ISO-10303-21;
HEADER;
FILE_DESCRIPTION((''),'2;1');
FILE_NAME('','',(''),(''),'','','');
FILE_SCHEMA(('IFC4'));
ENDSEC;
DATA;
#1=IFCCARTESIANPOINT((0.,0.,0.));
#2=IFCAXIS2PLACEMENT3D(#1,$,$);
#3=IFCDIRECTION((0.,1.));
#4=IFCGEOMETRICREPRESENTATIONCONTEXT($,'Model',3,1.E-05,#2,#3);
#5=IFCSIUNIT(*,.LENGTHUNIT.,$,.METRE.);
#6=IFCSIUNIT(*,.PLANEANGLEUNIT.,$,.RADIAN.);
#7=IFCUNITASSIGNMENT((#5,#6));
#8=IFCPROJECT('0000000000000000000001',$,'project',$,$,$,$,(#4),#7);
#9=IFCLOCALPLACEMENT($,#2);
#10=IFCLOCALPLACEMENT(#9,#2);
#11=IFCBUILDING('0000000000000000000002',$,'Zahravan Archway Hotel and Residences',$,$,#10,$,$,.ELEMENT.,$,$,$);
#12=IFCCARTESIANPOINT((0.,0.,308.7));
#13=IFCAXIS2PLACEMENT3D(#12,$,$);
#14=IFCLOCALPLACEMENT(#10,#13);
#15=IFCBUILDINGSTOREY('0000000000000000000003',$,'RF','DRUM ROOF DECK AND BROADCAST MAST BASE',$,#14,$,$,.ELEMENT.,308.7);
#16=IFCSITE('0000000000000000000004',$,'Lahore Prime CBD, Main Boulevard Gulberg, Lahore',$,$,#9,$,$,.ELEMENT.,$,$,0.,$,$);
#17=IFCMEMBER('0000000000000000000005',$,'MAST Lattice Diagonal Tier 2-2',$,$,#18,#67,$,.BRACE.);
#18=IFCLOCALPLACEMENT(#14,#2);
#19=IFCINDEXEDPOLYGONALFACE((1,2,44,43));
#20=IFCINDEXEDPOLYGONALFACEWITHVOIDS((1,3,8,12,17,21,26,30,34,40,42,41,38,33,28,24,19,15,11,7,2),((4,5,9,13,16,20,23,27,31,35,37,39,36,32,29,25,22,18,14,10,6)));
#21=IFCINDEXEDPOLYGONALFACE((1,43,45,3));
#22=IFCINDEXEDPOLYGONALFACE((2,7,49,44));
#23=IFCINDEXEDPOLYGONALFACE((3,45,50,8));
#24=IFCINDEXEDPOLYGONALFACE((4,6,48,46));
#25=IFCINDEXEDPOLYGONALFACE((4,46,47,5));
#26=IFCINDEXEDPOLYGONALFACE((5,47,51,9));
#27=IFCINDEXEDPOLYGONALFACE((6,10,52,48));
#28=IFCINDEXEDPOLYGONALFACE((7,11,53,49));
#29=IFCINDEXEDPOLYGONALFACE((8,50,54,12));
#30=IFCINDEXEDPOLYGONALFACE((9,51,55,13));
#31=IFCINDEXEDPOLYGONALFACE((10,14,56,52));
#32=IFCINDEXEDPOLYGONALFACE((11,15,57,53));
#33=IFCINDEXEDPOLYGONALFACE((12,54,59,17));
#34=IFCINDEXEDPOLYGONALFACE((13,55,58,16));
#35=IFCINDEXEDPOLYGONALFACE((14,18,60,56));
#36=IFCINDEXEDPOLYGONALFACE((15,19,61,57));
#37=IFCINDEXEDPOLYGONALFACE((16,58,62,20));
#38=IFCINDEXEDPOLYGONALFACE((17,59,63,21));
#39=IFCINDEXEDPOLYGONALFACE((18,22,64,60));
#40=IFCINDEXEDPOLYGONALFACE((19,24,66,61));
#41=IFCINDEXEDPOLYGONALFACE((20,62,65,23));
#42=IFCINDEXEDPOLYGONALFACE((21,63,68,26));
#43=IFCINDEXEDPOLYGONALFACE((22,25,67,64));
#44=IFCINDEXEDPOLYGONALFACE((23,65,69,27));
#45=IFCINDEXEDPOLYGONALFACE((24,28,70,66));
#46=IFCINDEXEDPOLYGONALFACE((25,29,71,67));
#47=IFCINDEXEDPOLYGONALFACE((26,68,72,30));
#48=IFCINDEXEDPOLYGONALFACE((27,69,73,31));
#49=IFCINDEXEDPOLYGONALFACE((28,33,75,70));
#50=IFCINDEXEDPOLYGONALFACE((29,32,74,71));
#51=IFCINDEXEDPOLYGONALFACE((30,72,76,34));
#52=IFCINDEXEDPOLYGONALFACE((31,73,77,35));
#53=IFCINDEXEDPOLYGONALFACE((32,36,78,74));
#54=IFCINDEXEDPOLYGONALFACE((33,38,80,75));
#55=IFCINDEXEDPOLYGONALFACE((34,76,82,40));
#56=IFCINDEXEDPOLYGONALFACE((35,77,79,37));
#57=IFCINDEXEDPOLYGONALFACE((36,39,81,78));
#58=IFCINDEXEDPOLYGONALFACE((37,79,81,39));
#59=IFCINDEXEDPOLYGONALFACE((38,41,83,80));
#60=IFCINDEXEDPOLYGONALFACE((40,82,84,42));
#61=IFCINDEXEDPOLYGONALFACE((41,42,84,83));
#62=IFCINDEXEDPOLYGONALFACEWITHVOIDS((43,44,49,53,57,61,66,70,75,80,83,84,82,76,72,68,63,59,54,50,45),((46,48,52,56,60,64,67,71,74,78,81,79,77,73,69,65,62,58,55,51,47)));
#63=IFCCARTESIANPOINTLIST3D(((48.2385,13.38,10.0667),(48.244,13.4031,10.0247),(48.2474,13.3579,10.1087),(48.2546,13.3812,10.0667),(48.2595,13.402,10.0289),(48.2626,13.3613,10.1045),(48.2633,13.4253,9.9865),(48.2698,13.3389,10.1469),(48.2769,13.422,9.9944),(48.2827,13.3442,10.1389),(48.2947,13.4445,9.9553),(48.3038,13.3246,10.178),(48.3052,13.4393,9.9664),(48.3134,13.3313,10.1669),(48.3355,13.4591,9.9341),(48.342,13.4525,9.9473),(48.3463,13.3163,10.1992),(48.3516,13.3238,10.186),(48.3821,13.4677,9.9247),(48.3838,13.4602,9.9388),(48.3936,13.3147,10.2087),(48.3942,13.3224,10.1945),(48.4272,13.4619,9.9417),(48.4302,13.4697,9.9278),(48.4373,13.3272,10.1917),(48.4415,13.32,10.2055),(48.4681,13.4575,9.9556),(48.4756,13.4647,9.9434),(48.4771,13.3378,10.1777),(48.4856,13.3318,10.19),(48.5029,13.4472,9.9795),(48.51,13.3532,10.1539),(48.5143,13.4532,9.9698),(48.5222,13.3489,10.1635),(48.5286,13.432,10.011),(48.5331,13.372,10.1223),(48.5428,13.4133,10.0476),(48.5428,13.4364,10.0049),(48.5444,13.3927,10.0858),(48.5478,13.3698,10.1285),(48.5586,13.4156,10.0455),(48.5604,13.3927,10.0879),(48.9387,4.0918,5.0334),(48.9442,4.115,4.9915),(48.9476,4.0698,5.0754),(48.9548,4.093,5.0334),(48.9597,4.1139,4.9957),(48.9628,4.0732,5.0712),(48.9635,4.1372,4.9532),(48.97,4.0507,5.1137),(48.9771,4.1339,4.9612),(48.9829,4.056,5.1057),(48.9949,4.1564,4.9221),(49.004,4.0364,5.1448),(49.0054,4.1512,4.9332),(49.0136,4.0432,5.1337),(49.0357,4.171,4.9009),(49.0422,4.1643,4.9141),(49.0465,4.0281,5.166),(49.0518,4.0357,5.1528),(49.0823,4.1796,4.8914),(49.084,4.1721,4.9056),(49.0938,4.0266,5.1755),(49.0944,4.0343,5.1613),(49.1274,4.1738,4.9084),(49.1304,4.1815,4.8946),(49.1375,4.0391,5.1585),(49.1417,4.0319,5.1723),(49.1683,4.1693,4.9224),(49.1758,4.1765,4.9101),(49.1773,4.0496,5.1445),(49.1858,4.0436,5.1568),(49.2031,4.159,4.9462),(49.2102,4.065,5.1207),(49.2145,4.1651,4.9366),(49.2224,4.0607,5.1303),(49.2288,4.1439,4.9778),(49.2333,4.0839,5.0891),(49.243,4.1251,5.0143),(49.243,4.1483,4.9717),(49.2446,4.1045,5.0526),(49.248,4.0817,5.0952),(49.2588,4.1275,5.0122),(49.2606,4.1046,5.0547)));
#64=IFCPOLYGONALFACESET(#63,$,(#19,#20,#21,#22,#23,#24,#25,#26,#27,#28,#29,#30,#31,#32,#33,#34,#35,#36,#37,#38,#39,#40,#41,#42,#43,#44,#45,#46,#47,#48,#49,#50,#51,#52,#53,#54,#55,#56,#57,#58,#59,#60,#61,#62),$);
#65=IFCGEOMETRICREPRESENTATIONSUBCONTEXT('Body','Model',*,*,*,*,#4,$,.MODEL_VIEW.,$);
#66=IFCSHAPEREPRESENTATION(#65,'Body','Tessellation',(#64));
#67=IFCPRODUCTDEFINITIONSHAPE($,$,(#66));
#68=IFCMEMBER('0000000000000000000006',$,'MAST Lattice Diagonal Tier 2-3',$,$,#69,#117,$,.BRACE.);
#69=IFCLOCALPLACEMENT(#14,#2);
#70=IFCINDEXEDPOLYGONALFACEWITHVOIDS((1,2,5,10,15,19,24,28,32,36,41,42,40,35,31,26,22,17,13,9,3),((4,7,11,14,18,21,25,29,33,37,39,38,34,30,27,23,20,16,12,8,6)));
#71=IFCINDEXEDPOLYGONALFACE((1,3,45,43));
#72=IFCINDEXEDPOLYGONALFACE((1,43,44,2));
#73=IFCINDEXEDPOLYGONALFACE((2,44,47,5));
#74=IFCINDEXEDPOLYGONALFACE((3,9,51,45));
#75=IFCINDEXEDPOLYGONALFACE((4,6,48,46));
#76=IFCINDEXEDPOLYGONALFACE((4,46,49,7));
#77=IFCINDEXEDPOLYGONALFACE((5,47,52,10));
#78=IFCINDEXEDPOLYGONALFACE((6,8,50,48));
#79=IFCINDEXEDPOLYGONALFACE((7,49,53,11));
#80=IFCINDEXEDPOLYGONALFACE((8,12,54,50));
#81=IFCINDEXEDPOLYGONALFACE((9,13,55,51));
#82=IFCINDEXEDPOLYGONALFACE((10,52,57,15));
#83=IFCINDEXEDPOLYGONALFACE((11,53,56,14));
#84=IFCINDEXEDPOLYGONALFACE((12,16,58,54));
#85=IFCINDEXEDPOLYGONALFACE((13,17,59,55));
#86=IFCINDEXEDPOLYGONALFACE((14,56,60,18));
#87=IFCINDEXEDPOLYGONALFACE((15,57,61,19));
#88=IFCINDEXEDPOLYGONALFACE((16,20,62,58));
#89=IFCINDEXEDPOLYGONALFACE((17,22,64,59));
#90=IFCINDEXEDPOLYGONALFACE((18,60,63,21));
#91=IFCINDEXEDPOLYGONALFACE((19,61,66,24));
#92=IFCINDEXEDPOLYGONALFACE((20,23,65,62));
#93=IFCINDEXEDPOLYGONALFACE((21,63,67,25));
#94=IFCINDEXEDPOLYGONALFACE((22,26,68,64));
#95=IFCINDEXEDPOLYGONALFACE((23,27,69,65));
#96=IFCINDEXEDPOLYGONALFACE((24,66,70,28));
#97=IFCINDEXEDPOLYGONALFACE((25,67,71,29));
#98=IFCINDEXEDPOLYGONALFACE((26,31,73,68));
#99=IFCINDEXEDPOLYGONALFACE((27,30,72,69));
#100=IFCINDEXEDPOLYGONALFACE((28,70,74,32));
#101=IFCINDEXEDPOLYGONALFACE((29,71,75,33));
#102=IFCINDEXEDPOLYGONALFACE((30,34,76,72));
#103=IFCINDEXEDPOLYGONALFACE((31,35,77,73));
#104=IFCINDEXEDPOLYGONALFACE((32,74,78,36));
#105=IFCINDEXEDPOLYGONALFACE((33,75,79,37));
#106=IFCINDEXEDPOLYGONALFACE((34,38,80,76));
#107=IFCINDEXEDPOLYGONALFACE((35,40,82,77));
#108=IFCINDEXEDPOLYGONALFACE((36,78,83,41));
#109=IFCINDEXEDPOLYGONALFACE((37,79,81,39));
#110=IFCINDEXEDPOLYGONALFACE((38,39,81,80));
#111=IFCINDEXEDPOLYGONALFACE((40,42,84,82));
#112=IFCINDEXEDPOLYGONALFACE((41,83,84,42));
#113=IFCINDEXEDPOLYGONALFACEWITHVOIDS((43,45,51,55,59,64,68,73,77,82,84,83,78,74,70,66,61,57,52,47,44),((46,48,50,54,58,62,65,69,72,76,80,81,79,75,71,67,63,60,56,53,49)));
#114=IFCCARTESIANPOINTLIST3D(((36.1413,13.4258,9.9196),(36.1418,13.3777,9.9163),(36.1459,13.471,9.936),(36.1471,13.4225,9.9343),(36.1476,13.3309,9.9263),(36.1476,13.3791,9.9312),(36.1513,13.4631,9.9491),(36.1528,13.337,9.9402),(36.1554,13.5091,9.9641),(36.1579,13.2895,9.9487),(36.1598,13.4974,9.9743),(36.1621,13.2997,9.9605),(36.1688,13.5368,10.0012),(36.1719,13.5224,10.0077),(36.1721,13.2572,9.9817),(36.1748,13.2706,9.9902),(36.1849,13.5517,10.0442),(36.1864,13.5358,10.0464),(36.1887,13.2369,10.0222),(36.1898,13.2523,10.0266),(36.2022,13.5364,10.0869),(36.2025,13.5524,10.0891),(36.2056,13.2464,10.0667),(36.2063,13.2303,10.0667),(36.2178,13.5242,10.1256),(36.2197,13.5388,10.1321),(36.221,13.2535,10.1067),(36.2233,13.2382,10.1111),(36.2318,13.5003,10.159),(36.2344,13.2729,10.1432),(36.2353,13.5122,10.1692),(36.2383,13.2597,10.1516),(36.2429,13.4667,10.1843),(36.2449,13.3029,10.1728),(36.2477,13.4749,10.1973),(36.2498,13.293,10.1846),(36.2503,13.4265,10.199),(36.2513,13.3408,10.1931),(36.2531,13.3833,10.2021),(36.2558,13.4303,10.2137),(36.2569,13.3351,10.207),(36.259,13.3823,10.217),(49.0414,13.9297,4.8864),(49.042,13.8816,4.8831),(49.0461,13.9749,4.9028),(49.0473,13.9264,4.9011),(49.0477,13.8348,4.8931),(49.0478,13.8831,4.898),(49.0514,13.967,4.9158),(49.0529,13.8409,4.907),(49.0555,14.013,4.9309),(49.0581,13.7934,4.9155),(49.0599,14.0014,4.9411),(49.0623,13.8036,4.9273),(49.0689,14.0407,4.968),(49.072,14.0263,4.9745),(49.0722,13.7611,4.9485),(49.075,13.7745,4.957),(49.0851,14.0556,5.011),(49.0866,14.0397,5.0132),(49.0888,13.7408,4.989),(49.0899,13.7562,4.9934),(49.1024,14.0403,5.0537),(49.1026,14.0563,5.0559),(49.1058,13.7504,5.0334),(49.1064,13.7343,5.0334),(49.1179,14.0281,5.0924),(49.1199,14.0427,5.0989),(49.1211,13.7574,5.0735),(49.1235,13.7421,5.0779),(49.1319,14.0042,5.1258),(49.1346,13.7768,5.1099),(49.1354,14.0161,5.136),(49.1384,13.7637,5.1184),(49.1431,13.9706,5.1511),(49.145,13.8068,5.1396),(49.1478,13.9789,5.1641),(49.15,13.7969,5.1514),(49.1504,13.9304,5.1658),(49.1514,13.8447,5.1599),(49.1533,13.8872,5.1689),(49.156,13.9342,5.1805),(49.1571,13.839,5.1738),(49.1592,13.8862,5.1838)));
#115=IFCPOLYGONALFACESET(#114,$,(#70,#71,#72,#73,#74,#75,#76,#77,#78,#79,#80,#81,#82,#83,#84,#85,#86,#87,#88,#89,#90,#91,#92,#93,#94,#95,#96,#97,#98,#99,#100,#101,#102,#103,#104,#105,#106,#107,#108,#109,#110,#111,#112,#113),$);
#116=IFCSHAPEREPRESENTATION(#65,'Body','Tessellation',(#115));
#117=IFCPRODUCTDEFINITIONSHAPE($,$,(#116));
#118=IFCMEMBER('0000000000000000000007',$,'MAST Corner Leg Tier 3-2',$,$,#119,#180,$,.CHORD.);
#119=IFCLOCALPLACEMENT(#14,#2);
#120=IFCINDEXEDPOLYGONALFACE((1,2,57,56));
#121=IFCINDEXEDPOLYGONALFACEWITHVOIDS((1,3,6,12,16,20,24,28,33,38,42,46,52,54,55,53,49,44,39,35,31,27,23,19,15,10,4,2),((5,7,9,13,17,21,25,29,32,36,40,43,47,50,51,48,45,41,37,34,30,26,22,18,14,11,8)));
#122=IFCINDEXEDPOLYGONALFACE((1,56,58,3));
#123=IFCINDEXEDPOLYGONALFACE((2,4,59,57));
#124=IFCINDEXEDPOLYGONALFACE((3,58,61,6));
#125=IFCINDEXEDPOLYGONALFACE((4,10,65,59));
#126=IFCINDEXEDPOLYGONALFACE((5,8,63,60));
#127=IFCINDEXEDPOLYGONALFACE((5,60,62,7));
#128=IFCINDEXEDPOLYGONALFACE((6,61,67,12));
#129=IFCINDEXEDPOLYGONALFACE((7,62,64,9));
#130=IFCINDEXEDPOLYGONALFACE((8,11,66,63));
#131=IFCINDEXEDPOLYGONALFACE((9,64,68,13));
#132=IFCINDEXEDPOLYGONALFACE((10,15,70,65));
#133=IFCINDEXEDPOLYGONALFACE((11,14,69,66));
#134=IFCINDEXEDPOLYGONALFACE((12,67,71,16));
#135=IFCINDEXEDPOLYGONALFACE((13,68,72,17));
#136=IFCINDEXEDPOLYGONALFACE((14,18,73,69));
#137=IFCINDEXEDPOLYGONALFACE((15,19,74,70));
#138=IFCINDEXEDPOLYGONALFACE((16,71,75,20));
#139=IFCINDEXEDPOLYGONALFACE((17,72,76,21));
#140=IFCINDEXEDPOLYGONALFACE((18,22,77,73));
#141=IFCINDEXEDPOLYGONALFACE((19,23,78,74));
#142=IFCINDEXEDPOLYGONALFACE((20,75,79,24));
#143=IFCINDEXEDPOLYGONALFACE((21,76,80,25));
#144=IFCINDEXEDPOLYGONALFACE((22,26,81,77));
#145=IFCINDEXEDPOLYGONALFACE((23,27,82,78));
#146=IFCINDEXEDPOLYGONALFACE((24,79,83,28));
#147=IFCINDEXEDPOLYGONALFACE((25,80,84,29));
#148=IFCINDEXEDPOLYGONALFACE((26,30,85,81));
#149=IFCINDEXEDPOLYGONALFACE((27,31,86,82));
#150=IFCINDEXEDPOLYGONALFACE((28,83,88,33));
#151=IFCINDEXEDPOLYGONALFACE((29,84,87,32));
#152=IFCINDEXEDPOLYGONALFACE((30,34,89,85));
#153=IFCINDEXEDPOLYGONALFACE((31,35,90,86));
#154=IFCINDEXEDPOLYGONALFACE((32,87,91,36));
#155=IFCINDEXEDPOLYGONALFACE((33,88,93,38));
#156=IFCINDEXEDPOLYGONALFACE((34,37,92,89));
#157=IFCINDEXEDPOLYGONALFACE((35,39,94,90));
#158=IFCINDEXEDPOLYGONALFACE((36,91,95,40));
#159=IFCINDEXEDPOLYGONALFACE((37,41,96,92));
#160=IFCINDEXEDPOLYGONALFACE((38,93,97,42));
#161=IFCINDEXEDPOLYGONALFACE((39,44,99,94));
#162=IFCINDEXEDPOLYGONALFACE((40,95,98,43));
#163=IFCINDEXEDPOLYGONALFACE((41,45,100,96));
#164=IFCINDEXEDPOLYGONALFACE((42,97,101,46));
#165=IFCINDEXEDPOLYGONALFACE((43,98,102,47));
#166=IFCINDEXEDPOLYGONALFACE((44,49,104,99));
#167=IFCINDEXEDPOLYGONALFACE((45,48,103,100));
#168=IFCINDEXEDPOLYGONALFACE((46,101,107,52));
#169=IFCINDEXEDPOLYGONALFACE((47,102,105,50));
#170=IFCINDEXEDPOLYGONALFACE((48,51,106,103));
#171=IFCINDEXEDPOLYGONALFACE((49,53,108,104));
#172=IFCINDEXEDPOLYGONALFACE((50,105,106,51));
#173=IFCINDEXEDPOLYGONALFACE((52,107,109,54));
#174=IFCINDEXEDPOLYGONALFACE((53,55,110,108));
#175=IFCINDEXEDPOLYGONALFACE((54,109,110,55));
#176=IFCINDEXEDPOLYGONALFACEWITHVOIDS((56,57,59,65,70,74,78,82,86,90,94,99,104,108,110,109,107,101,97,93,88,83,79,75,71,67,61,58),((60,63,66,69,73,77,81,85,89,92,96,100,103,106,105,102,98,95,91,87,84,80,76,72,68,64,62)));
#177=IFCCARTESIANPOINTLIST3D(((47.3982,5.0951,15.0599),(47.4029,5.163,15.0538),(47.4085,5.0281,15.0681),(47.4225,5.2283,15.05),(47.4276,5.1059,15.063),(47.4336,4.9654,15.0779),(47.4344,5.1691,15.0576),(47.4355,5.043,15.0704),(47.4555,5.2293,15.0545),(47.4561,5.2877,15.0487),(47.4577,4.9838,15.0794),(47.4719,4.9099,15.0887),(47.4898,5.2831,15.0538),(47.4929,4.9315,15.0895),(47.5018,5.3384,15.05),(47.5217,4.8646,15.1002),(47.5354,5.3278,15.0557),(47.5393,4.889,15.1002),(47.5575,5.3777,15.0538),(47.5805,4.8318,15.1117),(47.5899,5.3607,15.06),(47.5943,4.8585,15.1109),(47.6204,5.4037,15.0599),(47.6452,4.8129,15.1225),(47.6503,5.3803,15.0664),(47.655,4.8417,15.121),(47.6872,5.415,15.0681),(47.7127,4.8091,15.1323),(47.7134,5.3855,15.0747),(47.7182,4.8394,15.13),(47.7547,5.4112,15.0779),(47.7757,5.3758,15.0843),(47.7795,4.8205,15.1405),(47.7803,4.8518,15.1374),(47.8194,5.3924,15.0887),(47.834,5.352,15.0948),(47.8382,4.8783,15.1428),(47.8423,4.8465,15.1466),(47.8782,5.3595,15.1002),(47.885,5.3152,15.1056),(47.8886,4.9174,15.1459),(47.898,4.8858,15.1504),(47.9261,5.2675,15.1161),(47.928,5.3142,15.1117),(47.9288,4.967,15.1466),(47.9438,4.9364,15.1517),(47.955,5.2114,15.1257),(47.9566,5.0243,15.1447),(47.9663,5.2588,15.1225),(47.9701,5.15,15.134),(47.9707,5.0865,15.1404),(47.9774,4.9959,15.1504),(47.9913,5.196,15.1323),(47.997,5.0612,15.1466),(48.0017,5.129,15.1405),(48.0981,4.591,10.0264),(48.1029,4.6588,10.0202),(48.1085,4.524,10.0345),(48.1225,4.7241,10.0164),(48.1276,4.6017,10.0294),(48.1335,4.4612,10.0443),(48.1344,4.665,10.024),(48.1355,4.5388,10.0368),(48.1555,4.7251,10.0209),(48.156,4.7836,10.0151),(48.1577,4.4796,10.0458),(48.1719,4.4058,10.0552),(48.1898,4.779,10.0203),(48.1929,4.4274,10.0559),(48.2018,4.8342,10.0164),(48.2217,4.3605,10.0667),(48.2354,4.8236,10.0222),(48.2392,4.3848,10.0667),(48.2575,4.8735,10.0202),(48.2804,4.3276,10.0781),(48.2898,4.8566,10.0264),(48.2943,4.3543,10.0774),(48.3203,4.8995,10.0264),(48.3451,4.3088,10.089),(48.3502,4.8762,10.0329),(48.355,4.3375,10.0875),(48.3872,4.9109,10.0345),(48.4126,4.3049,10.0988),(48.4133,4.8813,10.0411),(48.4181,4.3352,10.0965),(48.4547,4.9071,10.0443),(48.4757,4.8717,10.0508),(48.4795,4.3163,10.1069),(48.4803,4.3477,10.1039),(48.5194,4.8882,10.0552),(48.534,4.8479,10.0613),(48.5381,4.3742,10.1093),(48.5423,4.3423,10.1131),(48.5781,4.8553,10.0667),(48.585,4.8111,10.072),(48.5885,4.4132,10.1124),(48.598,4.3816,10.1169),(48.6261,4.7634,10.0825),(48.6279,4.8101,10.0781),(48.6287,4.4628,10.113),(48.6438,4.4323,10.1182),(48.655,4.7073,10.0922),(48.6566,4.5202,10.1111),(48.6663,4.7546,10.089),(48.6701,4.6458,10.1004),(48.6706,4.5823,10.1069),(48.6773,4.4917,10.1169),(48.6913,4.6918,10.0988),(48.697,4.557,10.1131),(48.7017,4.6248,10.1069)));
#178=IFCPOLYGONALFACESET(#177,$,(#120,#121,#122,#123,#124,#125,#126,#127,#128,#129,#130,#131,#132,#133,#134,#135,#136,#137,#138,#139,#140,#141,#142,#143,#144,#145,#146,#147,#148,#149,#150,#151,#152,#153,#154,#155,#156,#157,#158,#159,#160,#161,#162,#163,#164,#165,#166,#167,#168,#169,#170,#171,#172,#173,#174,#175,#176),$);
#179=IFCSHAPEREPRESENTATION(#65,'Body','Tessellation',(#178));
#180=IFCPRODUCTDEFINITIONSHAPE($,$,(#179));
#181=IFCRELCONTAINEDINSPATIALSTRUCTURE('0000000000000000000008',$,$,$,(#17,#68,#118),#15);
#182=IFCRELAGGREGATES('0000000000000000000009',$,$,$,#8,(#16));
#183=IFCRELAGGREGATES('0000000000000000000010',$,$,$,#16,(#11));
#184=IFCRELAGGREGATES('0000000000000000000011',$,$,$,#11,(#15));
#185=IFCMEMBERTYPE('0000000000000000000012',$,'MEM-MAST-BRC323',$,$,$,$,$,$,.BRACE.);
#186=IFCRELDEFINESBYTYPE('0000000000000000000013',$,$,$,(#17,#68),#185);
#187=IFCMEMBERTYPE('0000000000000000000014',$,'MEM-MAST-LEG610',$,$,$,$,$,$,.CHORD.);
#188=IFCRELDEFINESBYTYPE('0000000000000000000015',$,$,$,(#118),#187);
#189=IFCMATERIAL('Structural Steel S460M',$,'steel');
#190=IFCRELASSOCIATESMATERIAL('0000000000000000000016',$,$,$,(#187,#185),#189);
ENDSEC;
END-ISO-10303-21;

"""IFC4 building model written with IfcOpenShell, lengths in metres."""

from ifc_helpers import new_model, si_unit, direction, frame, origin, origin_2d, place, context, subcontext, project, spatial, hollow_circle, extrude, source, transform, mapped, material, material_profile, profile_set, type_object, element, save


model = new_model("IFC4")

# Units and contexts
model_context = context("Model", 3, precision=1e-05, world=origin(), true_north=direction((0.0, 1.0)))
body_context = subcontext(model_context, "Body", "Model", "MODEL_VIEW")
ifc_project = project(units=[si_unit("LENGTHUNIT", "METRE"), si_unit("PLANEANGLEUNIT", "RADIAN")], contexts=[model_context])

# Site, building, storey
site_placement = place(None, origin())
site = spatial("IfcSite", under=ifc_project, at=site_placement, Name="Lahore Prime CBD, Main Boulevard Gulberg, Lahore", CompositionType="ELEMENT", RefElevation=0.0)
building_placement = place(site_placement, origin())
building = spatial("IfcBuilding", under=site, at=building_placement, Name="Zahravan Archway Hotel and Residences", CompositionType="ELEMENT")
storey_placement = place(building_placement, frame((0.0, 0.0, 308.7)))
storey = spatial("IfcBuildingStorey", under=building, at=storey_placement, Name="RF", Description="DRUM ROOF DECK AND BROADCAST MAST BASE", CompositionType="ELEMENT", Elevation=308.7)

# Members
ifc_material_1 = material(Name="Structural Steel S460M", Category="steel")
ifc_material_profile_1 = material_profile(ifc_material_1, hollow_circle(Radius=0.3049, WallThickness=0.03, at=origin_2d()), Name="CHS 610x30", Category="steel")
ifc_profile_set_1 = profile_set([ifc_material_profile_1], Name="Structural Steel S460M")
member_type_1 = type_object("IfcMemberType", Name="MEM-MAST-LEG610", PredefinedType="CHORD", material=ifc_profile_set_1)
ifc_material_profile_2 = material_profile(ifc_material_1, hollow_circle(Radius=0.1619, WallThickness=0.0161, at=origin_2d()), Name="CHS 323.9x16", Category="steel")
ifc_profile_set_2 = profile_set([ifc_material_profile_2], Name="Structural Steel S460M")
member_type_2 = type_object("IfcMemberType", Name="MEM-MAST-BRC323", PredefinedType="BRACE", material=ifc_profile_set_2)
shared_shape_1 = source(origin(), body_context, "Body", "SweptSolid", [
    extrude(hollow_circle(Radius=0.1619, WallThickness=0.0161, at=origin_2d()), origin(), (0.0, 0.0, 1.0), 10.5874),
])
member_1_placement = place(storey_placement, frame((49.1001, 4.104, 5.0334), z_axis=(-0.066135, 0.877282, 0.475398), x_axis=(-0.997171, -0.075173, 0.0)))
element("IfcMember", 1, at=member_1_placement, inside=storey, type_object=member_type_2, Name="MAST Lattice Diagonal Tier 2-2", PredefinedType="BRACE", context=body_context, shape_type="MappedRepresentation", body=[
    mapped(shared_shape_1, transform((0.0, 0.0, 0.0), scale=1.0)),
])
shared_shape_2 = source(origin(), body_context, "Body", "SweptSolid", [
    extrude(hollow_circle(Radius=0.1619, WallThickness=0.0161, at=origin_2d()), origin(), (0.0, 0.0, 1.0), 13.8564),
])
member_2_placement = place(storey_placement, frame((49.1001, 13.896, 5.0334), z_axis=(-0.930986, -0.036366, 0.363239), x_axis=(0.039032, -0.999238, 0.0)))
element("IfcMember", 2, at=member_2_placement, inside=storey, type_object=member_type_2, Name="MAST Lattice Diagonal Tier 2-3", PredefinedType="BRACE", context=body_context, shape_type="MappedRepresentation", body=[
    mapped(shared_shape_2, transform((0.0, 0.0, 0.0), scale=1.0)),
])
shared_shape_3 = source(origin(), body_context, "Body", "SweptSolid", [
    extrude(hollow_circle(Radius=0.3049, WallThickness=0.03, at=origin_2d()), origin(), (0.0, 0.0, 1.0), 5.1069),
])
for number, where, z_axis, x_axis, name in (
    (3, (48.3999, 4.6079, 10.0667), (-0.137062, 0.098721, 0.985631), (-0.584446, -0.811432, 0.0), "MAST Corner Leg Tier 3-2"),
):
    element("IfcMember", number, at=place(storey_placement, frame(where, z_axis=z_axis, x_axis=x_axis)), inside=storey, type_object=member_type_1, Name=name, PredefinedType="CHORD", context=body_context, shape_type="MappedRepresentation", body=[
        mapped(shared_shape_3, transform((0.0, 0.0, 0.0), scale=1.0)),
    ])

save(model, "model.ifc")
